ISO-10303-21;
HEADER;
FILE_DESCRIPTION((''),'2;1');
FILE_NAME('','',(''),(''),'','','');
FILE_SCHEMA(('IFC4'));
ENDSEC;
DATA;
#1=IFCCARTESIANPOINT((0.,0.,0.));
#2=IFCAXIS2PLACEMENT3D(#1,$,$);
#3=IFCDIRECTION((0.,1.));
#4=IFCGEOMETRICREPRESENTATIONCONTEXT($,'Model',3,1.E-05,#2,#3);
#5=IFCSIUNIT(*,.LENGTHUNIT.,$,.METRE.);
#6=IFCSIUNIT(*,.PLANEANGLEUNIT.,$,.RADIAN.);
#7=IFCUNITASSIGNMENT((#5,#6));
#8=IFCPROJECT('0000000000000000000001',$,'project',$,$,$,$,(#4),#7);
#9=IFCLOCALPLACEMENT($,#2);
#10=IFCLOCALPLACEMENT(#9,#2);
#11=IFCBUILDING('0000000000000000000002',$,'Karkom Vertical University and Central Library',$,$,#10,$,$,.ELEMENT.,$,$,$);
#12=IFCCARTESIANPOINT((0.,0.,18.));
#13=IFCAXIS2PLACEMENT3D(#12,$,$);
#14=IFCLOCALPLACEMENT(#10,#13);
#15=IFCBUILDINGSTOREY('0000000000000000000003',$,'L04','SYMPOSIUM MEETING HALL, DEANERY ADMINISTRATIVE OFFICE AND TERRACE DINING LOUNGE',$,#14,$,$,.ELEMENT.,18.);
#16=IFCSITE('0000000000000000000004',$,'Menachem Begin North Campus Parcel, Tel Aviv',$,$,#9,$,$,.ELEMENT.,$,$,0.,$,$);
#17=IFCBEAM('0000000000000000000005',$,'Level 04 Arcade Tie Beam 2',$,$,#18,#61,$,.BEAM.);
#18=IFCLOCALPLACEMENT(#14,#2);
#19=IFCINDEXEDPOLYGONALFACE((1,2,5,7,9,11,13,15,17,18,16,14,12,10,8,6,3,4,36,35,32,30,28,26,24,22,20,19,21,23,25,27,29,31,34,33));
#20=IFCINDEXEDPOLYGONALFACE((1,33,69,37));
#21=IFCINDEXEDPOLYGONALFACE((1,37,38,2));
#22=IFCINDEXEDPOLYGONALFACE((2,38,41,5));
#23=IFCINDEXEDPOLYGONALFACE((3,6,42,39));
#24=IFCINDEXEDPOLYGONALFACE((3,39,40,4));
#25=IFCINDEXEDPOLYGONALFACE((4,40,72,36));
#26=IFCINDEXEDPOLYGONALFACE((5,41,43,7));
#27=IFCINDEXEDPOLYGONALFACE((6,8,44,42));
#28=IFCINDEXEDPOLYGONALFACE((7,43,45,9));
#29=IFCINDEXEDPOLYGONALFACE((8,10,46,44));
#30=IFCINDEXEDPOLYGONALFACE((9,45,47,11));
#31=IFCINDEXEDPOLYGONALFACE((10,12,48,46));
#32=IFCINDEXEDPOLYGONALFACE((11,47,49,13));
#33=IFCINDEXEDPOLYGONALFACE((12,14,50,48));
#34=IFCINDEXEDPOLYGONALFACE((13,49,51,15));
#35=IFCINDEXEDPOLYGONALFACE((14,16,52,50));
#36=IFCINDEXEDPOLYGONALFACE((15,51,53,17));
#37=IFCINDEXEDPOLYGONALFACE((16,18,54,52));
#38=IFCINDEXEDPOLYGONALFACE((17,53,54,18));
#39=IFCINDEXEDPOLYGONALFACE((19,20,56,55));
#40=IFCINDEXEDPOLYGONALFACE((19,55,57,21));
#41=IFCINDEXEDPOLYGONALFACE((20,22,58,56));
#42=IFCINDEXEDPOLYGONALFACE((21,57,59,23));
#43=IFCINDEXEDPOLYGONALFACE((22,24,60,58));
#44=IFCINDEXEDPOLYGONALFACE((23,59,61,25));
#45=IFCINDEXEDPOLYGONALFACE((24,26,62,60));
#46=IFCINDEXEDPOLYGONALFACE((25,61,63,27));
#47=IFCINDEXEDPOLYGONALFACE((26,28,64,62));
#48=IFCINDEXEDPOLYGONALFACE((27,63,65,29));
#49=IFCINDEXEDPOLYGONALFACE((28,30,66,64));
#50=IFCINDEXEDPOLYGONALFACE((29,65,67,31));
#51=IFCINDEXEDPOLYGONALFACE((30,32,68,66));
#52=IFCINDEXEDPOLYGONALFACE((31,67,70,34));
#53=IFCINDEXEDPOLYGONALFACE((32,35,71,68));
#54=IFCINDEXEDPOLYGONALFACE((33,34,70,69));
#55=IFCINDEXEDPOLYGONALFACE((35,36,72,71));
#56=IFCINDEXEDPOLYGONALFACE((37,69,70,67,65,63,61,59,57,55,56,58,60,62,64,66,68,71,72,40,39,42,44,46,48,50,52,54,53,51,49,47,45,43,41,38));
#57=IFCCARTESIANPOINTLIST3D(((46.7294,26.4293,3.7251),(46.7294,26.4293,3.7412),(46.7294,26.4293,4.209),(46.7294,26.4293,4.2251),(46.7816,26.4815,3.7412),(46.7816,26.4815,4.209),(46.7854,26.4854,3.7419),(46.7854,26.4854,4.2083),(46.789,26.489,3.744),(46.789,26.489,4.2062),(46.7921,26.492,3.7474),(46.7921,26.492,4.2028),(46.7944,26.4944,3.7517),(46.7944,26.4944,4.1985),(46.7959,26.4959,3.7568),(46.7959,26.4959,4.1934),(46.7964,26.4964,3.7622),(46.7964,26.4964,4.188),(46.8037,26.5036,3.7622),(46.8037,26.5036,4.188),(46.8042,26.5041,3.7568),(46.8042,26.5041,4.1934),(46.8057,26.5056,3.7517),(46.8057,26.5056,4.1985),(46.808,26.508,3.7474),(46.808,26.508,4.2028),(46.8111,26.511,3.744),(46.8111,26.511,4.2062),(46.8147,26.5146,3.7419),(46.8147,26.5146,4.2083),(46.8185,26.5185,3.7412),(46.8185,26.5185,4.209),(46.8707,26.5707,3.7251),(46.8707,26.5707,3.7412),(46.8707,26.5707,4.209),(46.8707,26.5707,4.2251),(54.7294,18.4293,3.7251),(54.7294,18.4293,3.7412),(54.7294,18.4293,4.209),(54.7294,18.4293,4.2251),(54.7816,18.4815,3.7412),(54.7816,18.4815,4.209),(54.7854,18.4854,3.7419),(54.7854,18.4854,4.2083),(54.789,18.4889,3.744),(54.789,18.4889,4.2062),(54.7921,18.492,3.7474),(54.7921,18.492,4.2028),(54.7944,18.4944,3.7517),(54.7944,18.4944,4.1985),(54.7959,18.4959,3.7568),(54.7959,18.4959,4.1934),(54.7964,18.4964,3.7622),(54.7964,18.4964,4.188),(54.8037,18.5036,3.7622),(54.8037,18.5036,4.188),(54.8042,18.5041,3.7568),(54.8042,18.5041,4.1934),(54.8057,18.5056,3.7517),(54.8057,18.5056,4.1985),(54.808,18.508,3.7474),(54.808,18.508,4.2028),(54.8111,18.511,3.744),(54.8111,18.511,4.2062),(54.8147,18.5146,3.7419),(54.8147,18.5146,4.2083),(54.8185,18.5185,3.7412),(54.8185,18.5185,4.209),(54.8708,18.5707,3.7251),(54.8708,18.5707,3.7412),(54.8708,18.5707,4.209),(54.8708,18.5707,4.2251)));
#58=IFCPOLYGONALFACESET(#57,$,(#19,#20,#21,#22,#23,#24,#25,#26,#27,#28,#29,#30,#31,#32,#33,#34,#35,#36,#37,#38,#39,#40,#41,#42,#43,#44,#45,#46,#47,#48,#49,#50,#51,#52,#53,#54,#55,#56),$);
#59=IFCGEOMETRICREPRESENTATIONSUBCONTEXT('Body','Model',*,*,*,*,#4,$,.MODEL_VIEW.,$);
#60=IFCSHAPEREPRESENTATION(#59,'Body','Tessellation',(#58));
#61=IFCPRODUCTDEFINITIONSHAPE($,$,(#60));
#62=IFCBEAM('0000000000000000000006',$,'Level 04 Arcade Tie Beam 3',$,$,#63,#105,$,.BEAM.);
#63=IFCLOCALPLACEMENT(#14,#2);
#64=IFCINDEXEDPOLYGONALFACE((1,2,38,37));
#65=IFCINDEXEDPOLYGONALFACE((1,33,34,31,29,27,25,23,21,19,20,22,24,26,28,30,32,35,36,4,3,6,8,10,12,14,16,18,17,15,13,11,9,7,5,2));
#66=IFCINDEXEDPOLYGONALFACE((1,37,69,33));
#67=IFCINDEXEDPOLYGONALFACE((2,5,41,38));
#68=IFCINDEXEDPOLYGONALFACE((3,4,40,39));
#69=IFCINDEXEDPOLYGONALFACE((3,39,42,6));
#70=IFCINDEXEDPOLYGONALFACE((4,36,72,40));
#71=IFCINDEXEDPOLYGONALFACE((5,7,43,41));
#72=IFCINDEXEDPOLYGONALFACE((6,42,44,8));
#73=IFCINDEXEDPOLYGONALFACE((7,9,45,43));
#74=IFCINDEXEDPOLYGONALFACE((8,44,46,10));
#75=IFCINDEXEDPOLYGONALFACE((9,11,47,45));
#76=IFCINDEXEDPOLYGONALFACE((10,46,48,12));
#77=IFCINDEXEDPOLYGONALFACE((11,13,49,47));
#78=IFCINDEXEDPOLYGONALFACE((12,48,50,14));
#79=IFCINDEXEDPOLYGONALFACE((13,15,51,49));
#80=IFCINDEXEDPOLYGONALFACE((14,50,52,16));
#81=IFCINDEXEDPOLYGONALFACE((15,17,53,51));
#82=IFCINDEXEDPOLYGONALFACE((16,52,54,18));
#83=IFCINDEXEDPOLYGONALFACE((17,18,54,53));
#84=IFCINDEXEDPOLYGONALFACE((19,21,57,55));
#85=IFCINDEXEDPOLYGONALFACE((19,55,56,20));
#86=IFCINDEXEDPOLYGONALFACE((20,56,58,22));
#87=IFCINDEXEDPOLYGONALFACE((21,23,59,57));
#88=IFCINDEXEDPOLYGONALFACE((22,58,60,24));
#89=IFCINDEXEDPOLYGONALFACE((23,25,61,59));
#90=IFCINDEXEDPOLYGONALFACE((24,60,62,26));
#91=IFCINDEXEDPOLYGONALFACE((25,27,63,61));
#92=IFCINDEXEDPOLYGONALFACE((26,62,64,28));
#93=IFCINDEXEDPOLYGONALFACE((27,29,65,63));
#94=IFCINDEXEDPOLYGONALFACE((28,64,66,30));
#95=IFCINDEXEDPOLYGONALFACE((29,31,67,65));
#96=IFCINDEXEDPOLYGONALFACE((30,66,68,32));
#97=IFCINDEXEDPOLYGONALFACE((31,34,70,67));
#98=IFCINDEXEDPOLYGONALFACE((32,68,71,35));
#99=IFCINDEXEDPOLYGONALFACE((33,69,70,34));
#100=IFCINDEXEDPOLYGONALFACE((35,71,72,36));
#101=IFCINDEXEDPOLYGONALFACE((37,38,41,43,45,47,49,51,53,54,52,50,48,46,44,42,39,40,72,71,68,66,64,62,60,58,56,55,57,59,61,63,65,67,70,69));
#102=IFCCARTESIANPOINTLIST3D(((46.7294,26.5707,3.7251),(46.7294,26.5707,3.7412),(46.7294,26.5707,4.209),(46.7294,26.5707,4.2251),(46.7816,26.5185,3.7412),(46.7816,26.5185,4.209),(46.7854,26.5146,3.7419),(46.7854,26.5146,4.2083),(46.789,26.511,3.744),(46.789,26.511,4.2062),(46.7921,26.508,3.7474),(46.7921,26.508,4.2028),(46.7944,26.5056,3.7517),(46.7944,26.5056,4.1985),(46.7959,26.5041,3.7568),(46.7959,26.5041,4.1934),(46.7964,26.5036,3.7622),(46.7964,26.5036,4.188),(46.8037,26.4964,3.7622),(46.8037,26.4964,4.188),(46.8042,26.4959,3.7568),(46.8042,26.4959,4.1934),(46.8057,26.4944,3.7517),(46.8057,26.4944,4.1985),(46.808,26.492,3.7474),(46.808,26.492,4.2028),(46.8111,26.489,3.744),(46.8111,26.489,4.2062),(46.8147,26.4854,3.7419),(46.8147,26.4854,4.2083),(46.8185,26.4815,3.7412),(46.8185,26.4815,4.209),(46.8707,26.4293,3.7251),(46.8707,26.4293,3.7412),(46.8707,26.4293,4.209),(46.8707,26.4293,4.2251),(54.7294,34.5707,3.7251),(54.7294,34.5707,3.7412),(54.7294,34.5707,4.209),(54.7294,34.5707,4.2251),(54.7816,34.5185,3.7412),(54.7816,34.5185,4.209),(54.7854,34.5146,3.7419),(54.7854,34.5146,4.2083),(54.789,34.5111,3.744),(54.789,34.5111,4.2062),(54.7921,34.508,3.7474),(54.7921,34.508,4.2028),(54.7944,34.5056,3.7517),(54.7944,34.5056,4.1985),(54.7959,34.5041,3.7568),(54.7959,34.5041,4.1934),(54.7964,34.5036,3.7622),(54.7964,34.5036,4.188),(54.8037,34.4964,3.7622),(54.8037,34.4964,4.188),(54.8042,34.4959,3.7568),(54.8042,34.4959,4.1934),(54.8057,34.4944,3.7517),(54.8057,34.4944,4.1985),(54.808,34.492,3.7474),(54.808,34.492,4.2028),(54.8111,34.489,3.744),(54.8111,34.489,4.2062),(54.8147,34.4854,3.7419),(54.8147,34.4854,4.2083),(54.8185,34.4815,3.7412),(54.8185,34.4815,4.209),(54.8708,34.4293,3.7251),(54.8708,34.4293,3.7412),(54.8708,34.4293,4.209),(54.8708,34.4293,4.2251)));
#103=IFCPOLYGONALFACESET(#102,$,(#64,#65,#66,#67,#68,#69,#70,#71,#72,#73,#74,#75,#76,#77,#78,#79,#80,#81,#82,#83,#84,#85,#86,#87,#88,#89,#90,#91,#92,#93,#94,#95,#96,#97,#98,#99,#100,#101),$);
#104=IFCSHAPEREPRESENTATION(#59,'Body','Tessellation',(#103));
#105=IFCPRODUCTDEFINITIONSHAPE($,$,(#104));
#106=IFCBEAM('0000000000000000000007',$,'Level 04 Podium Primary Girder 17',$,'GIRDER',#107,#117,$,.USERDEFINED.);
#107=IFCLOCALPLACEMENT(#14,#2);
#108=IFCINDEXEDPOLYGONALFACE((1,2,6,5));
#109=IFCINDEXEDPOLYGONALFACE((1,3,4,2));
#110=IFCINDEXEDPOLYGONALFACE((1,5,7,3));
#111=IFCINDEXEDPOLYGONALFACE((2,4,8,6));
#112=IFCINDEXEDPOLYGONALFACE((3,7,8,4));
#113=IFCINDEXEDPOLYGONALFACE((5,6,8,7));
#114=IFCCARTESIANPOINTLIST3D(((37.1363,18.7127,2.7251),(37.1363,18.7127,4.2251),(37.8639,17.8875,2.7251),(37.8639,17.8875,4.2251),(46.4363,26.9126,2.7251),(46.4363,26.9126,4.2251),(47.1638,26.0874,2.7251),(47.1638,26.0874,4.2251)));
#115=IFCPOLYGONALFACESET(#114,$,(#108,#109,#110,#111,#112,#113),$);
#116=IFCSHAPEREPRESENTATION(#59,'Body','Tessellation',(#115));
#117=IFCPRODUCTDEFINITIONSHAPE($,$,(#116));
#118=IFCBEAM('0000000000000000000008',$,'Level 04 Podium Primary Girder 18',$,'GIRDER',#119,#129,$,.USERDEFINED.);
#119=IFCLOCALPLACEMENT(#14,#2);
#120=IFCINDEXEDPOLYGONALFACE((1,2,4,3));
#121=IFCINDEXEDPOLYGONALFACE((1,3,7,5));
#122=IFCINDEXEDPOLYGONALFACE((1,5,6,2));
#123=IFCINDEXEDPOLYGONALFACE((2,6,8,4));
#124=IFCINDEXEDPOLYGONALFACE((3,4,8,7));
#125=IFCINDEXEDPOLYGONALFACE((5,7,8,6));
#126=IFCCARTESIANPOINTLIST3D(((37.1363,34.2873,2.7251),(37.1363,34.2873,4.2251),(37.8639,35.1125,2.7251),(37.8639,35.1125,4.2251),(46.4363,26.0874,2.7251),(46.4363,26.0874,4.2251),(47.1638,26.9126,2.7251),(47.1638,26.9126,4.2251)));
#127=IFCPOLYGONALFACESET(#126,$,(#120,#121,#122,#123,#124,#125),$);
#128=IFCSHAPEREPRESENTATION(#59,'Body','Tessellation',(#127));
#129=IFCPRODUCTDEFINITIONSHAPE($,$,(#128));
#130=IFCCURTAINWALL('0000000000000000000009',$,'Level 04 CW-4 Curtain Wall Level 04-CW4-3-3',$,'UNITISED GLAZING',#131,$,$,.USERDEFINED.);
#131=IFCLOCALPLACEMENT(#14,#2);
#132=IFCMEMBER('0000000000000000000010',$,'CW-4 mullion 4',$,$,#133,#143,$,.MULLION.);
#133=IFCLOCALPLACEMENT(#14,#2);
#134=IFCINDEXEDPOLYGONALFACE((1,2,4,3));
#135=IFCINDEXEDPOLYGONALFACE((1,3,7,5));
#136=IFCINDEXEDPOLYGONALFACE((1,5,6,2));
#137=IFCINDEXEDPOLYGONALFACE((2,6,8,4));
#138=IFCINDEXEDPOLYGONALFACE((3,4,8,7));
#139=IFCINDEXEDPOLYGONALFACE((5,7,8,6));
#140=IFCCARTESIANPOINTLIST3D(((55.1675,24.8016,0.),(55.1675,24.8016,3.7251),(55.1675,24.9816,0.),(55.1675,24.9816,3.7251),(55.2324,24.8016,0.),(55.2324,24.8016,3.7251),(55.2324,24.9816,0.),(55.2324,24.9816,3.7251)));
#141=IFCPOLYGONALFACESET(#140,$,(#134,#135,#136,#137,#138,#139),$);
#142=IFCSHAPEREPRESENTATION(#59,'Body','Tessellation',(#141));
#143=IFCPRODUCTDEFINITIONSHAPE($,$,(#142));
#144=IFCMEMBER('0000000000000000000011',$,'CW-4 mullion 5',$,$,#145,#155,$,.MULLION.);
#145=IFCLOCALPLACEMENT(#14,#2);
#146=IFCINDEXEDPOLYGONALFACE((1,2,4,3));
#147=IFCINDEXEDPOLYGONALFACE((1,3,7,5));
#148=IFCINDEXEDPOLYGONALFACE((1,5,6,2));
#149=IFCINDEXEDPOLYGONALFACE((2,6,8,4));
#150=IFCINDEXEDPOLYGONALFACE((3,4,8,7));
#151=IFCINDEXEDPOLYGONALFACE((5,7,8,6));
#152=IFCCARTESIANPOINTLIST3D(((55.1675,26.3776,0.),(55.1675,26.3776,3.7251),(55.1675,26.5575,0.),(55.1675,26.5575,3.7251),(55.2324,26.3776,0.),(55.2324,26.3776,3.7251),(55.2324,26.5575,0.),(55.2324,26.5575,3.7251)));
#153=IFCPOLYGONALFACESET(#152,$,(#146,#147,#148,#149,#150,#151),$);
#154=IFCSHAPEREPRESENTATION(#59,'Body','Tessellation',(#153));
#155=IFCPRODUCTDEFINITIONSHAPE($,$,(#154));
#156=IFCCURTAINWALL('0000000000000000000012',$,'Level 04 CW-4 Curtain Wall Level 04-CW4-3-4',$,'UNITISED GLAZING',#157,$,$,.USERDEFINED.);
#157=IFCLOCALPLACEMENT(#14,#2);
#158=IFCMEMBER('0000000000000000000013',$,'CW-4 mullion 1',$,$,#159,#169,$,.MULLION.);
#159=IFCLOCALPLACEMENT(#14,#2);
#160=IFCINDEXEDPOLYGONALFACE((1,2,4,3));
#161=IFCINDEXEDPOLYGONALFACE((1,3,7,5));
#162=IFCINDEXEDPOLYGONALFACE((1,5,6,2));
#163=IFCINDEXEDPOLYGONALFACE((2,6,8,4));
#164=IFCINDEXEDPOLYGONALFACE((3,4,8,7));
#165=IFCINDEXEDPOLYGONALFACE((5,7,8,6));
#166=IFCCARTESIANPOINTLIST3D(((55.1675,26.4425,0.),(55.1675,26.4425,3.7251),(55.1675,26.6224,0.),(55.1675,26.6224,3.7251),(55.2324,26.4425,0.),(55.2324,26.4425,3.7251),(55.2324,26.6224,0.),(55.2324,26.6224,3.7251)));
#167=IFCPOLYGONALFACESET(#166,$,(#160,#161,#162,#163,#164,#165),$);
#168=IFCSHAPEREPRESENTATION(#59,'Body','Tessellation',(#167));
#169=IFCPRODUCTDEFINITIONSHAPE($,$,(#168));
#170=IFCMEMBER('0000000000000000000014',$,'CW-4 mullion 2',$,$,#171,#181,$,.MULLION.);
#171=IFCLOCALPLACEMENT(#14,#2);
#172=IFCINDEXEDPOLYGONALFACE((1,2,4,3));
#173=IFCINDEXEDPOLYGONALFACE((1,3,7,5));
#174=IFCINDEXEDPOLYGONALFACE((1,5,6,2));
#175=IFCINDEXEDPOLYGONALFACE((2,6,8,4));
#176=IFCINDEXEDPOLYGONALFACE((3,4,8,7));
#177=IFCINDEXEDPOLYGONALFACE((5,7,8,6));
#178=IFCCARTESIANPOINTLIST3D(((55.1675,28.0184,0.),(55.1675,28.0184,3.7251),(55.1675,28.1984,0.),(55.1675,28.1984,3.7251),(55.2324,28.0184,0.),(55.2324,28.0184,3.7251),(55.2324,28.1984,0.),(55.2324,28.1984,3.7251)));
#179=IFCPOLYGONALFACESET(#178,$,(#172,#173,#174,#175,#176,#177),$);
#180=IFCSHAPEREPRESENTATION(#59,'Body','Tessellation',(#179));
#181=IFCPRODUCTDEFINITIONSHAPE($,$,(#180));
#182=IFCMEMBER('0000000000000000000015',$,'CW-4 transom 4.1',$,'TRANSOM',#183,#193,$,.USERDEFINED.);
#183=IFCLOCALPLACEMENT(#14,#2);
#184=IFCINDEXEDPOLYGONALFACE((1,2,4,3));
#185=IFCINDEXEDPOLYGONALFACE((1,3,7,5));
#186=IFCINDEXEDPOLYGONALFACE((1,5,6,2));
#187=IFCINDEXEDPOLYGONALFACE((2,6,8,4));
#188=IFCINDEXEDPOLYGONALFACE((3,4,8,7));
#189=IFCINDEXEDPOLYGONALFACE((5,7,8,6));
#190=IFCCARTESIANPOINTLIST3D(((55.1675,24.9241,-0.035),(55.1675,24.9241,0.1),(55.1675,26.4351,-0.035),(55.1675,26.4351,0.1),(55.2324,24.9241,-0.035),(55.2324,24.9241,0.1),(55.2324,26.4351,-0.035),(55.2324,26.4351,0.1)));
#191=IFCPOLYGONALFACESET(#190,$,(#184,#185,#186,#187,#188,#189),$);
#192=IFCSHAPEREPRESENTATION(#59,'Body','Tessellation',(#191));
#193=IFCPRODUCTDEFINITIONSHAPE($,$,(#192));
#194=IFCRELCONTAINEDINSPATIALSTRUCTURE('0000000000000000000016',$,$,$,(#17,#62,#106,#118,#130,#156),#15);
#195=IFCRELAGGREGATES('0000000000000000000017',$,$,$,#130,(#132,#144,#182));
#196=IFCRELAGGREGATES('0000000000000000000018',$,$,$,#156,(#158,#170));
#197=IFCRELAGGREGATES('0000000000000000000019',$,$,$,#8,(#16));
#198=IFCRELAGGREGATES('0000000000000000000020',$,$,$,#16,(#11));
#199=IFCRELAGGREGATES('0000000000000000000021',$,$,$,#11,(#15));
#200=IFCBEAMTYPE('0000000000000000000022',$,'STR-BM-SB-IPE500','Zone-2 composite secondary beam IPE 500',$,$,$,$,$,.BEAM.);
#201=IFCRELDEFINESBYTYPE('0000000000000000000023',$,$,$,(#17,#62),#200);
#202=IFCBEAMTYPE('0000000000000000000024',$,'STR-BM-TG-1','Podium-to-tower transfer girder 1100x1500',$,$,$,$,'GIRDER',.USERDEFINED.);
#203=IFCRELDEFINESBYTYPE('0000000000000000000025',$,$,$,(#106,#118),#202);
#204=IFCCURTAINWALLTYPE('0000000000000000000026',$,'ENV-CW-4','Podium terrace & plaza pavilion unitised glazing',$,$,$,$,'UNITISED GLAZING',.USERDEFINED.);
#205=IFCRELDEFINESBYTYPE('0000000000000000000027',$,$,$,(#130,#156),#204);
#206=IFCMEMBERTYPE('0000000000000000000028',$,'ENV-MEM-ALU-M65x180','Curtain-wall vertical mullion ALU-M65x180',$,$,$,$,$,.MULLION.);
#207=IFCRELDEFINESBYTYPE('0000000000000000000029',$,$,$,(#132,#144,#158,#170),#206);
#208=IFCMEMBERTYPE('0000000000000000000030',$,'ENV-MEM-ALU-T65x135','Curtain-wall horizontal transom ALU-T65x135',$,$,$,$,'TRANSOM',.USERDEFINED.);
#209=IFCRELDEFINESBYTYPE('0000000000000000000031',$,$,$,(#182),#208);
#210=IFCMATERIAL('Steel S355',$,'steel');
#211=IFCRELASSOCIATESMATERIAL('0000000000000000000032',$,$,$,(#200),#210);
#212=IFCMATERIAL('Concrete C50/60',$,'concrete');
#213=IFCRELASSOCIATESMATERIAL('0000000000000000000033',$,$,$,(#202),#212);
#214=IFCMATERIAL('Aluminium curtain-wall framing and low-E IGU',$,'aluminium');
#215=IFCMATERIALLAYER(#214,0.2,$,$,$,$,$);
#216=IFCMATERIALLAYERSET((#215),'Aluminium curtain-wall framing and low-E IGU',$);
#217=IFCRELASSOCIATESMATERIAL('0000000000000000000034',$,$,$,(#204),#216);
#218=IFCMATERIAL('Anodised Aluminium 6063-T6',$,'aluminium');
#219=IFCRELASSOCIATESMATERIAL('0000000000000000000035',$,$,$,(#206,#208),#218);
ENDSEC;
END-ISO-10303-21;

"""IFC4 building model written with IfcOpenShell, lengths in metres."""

from ifc_helpers import new_model, si_unit, direction, frame, origin, origin_with_axes, origin_2d, place, context, subcontext, project, spatial, rectangle, i_section, extrude, source, transform, mapped, material, layer, layer_set, material_profile, profile_set, type_object, element, aggregate, save


model = new_model("IFC4")

# Units and contexts
model_context = context("Model", 3, precision=1e-05, world=origin(), true_north=direction((0.0, 1.0)))
body_context = subcontext(model_context, "Body", "Model", "MODEL_VIEW")
ifc_project = project(units=[si_unit("LENGTHUNIT", "METRE"), si_unit("PLANEANGLEUNIT", "RADIAN")], contexts=[model_context])

# Site, building, storey
site_placement = place(None, origin())
site = spatial("IfcSite", under=ifc_project, at=site_placement, Name="Menachem Begin North Campus Parcel, Tel Aviv", CompositionType="ELEMENT", RefElevation=0.0)
building_placement = place(site_placement, origin())
building = spatial("IfcBuilding", under=site, at=building_placement, Name="Karkom Vertical University and Central Library", CompositionType="ELEMENT")
storey_placement = place(building_placement, frame((0.0, 0.0, 18.0)))
storey = spatial("IfcBuildingStorey", under=building, at=storey_placement, Name="L04", Description="SYMPOSIUM MEETING HALL, DEANERY ADMINISTRATIVE OFFICE AND TERRACE DINING LOUNGE", CompositionType="ELEMENT", Elevation=18.0)

# Beams
ifc_material_1 = material(Name="Steel S355", Category="steel")
ifc_material_profile_1 = material_profile(ifc_material_1, i_section(OverallWidth=0.2, OverallDepth=0.5, WebThickness=0.0103, FlangeThickness=0.0161, FilletRadius=0.021, at=origin_2d()), Name="IPE 500")
ifc_profile_set_1 = profile_set([ifc_material_profile_1], Name="Steel S355")
beam_type_1 = type_object("IfcBeamType", Name="STR-BM-SB-IPE500", Description="Zone-2 composite secondary beam IPE 500", PredefinedType="BEAM", material=ifc_profile_set_1)
shared_shape_1 = source(origin_with_axes(), body_context, "Body", "SweptSolid", [
    extrude(i_section(OverallWidth=0.2, OverallDepth=0.5, WebThickness=0.0103, FlangeThickness=0.0161, FilletRadius=0.021, at=origin_2d()), origin(), (0.0, 0.0, 1.0), 11.3137),
])
for number, where, z_axis, x_axis, name in (
    (1, (46.8, 26.5, 3.9751), (0.707107, -0.707107, 0.0), (0.707107, 0.707107, 0.0), "Level 04 Arcade Tie Beam 2"),
    (2, (46.8, 26.5, 3.9751), (0.707107, 0.707107, 0.0), (-0.707107, 0.707107, 0.0), "Level 04 Arcade Tie Beam 3"),
):
    element("IfcBeam", number, at=place(storey_placement, frame(where, z_axis=z_axis, x_axis=x_axis)), inside=storey, type_object=beam_type_1, Name=name, PredefinedType="BEAM", context=body_context, shape_type="MappedRepresentation", body=[
        mapped(shared_shape_1, transform((0.0, 0.0, 0.0), scale=1.0)),
    ])
ifc_material_2 = material(Name="Concrete C50/60", Category="concrete")
ifc_material_profile_2 = material_profile(ifc_material_2, rectangle(XDim=1.1001, YDim=1.5, at=origin_2d()), Name="TG-1100x1500")
ifc_profile_set_2 = profile_set([ifc_material_profile_2], Name="Concrete C50/60")
beam_type_2 = type_object("IfcBeamType", Name="STR-BM-TG-1", Description="Podium-to-tower transfer girder 1100x1500", ElementType="GIRDER", PredefinedType="USERDEFINED", material=ifc_profile_set_2)
shared_shape_2 = source(origin_with_axes(), body_context, "Body", "SweptSolid", [
    extrude(rectangle(XDim=1.1001, YDim=1.5, at=origin_2d()), origin(), (0.0, 0.0, 1.0), 12.3987),
])
for number, where, z_axis, x_axis, name in (
    (3, (46.8, 26.5, 3.4751), (-0.750077, -0.661351, 0.0), (0.661351, -0.750077, 0.0), "Level 04 Podium Primary Girder 17"),
    (4, (46.8, 26.5, 3.4751), (-0.750077, 0.661351, 0.0), (-0.661351, -0.750077, 0.0), "Level 04 Podium Primary Girder 18"),
):
    element("IfcBeam", number, at=place(storey_placement, frame(where, z_axis=z_axis, x_axis=x_axis)), inside=storey, type_object=beam_type_2, Name=name, ObjectType="GIRDER", PredefinedType="USERDEFINED", context=body_context, shape_type="MappedRepresentation", body=[
        mapped(shared_shape_2, transform((0.0, 0.0, 0.0), scale=1.0)),
    ])

# Curtain walls, members
ifc_material_3 = material(Name="Aluminium curtain-wall framing and low-E IGU", Category="aluminium")
ifc_layer_1 = layer(ifc_material_3, 0.2)
ifc_layer_set_1 = layer_set([ifc_layer_1], Name="Aluminium curtain-wall framing and low-E IGU")
curtain_wall_type = type_object("IfcCurtainWallType", Name="ENV-CW-4", Description="Podium terrace & plaza pavilion unitised glazing", ElementType="UNITISED GLAZING", PredefinedType="USERDEFINED", material=ifc_layer_set_1)
curtain_wall_1_placement = place(storey_placement, origin())
curtain_wall_1 = element("IfcCurtainWall", 5, at=curtain_wall_1_placement, inside=storey, type_object=curtain_wall_type, Name="Level 04 CW-4 Curtain Wall Level 04-CW4-3-3", ObjectType="UNITISED GLAZING", PredefinedType="USERDEFINED")
ifc_material_4 = material(Name="Anodised Aluminium 6063-T6", Category="aluminium")
ifc_material_profile_3 = material_profile(ifc_material_4, rectangle(XDim=0.0649, YDim=0.1799, at=origin_2d()), Name="ALU-M65x180")
ifc_profile_set_3 = profile_set([ifc_material_profile_3], Name="Anodised Aluminium 6063-T6")
member_type_1 = type_object("IfcMemberType", Name="ENV-MEM-ALU-M65x180", Description="Curtain-wall vertical mullion ALU-M65x180", PredefinedType="MULLION", material=ifc_profile_set_3)
shared_shape_3 = source(origin_with_axes(), body_context, "Body", "SweptSolid", [
    extrude(rectangle(XDim=0.0649, YDim=0.1799, at=origin_2d()), origin(), (0.0, 0.0, 1.0), 3.7251),
])
member_1_placement = place(storey_placement, frame((55.2, 24.8916, 0.0), z_axis=(0.0, 0.0, 1.0), x_axis=(-1.0, 0.0, 0.0)))
member_1 = element("IfcMember", 6, at=member_1_placement, type_object=member_type_1, Name="CW-4 mullion 4", PredefinedType="MULLION", context=body_context, shape_type="MappedRepresentation", body=[
    mapped(shared_shape_3, transform((0.0, 0.0, 0.0), scale=1.0)),
])
member_2_placement = place(storey_placement, frame((55.2, 26.4675, 0.0), z_axis=(0.0, 0.0, 1.0), x_axis=(-1.0, 0.0, 0.0)))
member_2 = element("IfcMember", 7, at=member_2_placement, type_object=member_type_1, Name="CW-4 mullion 5", PredefinedType="MULLION", context=body_context, shape_type="MappedRepresentation", body=[
    mapped(shared_shape_3, transform((0.0, 0.0, 0.0), scale=1.0)),
])
curtain_wall_2_placement = place(storey_placement, origin())
curtain_wall_2 = element("IfcCurtainWall", 8, at=curtain_wall_2_placement, inside=storey, type_object=curtain_wall_type, Name="Level 04 CW-4 Curtain Wall Level 04-CW4-3-4", ObjectType="UNITISED GLAZING", PredefinedType="USERDEFINED")
member_3_placement = place(storey_placement, frame((55.2, 26.5325, 0.0), z_axis=(0.0, 0.0, 1.0), x_axis=(-1.0, 0.0, 0.0)))
member_3 = element("IfcMember", 9, at=member_3_placement, type_object=member_type_1, Name="CW-4 mullion 1", PredefinedType="MULLION", context=body_context, shape_type="MappedRepresentation", body=[
    mapped(shared_shape_3, transform((0.0, 0.0, 0.0), scale=1.0)),
])
member_4_placement = place(storey_placement, frame((55.2, 28.1084, 0.0), z_axis=(0.0, 0.0, 1.0), x_axis=(-1.0, 0.0, 0.0)))
member_4 = element("IfcMember", 10, at=member_4_placement, type_object=member_type_1, Name="CW-4 mullion 2", PredefinedType="MULLION", context=body_context, shape_type="MappedRepresentation", body=[
    mapped(shared_shape_3, transform((0.0, 0.0, 0.0), scale=1.0)),
])

# Member
ifc_material_profile_4 = material_profile(ifc_material_4, rectangle(XDim=0.0649, YDim=0.135, at=origin_2d()), Name="ALU-T65x135")
ifc_profile_set_4 = profile_set([ifc_material_profile_4], Name="Anodised Aluminium 6063-T6")
member_type_2 = type_object("IfcMemberType", Name="ENV-MEM-ALU-T65x135", Description="Curtain-wall horizontal transom ALU-T65x135", ElementType="TRANSOM", PredefinedType="USERDEFINED", material=ifc_profile_set_4)
shared_shape_4 = source(origin_with_axes(), body_context, "Body", "SweptSolid", [
    extrude(rectangle(XDim=0.0649, YDim=0.135, at=origin_2d()), origin(), (0.0, 0.0, 1.0), 1.511),
])
member_5_placement = place(storey_placement, frame((55.2, 24.9241, 0.0325), z_axis=(0.0, 1.0, 0.0), x_axis=(-1.0, 0.0, 0.0)))
member_5 = element("IfcMember", 11, at=member_5_placement, type_object=member_type_2, Name="CW-4 transom 4.1", ObjectType="TRANSOM", PredefinedType="USERDEFINED", context=body_context, shape_type="MappedRepresentation", body=[
    mapped(shared_shape_4, transform((0.0, 0.0, 0.0), scale=1.0)),
])

aggregate(curtain_wall_1, [member_1, member_2, member_5])
aggregate(curtain_wall_2, [member_3, member_4])

save(model, "model.ifc")
